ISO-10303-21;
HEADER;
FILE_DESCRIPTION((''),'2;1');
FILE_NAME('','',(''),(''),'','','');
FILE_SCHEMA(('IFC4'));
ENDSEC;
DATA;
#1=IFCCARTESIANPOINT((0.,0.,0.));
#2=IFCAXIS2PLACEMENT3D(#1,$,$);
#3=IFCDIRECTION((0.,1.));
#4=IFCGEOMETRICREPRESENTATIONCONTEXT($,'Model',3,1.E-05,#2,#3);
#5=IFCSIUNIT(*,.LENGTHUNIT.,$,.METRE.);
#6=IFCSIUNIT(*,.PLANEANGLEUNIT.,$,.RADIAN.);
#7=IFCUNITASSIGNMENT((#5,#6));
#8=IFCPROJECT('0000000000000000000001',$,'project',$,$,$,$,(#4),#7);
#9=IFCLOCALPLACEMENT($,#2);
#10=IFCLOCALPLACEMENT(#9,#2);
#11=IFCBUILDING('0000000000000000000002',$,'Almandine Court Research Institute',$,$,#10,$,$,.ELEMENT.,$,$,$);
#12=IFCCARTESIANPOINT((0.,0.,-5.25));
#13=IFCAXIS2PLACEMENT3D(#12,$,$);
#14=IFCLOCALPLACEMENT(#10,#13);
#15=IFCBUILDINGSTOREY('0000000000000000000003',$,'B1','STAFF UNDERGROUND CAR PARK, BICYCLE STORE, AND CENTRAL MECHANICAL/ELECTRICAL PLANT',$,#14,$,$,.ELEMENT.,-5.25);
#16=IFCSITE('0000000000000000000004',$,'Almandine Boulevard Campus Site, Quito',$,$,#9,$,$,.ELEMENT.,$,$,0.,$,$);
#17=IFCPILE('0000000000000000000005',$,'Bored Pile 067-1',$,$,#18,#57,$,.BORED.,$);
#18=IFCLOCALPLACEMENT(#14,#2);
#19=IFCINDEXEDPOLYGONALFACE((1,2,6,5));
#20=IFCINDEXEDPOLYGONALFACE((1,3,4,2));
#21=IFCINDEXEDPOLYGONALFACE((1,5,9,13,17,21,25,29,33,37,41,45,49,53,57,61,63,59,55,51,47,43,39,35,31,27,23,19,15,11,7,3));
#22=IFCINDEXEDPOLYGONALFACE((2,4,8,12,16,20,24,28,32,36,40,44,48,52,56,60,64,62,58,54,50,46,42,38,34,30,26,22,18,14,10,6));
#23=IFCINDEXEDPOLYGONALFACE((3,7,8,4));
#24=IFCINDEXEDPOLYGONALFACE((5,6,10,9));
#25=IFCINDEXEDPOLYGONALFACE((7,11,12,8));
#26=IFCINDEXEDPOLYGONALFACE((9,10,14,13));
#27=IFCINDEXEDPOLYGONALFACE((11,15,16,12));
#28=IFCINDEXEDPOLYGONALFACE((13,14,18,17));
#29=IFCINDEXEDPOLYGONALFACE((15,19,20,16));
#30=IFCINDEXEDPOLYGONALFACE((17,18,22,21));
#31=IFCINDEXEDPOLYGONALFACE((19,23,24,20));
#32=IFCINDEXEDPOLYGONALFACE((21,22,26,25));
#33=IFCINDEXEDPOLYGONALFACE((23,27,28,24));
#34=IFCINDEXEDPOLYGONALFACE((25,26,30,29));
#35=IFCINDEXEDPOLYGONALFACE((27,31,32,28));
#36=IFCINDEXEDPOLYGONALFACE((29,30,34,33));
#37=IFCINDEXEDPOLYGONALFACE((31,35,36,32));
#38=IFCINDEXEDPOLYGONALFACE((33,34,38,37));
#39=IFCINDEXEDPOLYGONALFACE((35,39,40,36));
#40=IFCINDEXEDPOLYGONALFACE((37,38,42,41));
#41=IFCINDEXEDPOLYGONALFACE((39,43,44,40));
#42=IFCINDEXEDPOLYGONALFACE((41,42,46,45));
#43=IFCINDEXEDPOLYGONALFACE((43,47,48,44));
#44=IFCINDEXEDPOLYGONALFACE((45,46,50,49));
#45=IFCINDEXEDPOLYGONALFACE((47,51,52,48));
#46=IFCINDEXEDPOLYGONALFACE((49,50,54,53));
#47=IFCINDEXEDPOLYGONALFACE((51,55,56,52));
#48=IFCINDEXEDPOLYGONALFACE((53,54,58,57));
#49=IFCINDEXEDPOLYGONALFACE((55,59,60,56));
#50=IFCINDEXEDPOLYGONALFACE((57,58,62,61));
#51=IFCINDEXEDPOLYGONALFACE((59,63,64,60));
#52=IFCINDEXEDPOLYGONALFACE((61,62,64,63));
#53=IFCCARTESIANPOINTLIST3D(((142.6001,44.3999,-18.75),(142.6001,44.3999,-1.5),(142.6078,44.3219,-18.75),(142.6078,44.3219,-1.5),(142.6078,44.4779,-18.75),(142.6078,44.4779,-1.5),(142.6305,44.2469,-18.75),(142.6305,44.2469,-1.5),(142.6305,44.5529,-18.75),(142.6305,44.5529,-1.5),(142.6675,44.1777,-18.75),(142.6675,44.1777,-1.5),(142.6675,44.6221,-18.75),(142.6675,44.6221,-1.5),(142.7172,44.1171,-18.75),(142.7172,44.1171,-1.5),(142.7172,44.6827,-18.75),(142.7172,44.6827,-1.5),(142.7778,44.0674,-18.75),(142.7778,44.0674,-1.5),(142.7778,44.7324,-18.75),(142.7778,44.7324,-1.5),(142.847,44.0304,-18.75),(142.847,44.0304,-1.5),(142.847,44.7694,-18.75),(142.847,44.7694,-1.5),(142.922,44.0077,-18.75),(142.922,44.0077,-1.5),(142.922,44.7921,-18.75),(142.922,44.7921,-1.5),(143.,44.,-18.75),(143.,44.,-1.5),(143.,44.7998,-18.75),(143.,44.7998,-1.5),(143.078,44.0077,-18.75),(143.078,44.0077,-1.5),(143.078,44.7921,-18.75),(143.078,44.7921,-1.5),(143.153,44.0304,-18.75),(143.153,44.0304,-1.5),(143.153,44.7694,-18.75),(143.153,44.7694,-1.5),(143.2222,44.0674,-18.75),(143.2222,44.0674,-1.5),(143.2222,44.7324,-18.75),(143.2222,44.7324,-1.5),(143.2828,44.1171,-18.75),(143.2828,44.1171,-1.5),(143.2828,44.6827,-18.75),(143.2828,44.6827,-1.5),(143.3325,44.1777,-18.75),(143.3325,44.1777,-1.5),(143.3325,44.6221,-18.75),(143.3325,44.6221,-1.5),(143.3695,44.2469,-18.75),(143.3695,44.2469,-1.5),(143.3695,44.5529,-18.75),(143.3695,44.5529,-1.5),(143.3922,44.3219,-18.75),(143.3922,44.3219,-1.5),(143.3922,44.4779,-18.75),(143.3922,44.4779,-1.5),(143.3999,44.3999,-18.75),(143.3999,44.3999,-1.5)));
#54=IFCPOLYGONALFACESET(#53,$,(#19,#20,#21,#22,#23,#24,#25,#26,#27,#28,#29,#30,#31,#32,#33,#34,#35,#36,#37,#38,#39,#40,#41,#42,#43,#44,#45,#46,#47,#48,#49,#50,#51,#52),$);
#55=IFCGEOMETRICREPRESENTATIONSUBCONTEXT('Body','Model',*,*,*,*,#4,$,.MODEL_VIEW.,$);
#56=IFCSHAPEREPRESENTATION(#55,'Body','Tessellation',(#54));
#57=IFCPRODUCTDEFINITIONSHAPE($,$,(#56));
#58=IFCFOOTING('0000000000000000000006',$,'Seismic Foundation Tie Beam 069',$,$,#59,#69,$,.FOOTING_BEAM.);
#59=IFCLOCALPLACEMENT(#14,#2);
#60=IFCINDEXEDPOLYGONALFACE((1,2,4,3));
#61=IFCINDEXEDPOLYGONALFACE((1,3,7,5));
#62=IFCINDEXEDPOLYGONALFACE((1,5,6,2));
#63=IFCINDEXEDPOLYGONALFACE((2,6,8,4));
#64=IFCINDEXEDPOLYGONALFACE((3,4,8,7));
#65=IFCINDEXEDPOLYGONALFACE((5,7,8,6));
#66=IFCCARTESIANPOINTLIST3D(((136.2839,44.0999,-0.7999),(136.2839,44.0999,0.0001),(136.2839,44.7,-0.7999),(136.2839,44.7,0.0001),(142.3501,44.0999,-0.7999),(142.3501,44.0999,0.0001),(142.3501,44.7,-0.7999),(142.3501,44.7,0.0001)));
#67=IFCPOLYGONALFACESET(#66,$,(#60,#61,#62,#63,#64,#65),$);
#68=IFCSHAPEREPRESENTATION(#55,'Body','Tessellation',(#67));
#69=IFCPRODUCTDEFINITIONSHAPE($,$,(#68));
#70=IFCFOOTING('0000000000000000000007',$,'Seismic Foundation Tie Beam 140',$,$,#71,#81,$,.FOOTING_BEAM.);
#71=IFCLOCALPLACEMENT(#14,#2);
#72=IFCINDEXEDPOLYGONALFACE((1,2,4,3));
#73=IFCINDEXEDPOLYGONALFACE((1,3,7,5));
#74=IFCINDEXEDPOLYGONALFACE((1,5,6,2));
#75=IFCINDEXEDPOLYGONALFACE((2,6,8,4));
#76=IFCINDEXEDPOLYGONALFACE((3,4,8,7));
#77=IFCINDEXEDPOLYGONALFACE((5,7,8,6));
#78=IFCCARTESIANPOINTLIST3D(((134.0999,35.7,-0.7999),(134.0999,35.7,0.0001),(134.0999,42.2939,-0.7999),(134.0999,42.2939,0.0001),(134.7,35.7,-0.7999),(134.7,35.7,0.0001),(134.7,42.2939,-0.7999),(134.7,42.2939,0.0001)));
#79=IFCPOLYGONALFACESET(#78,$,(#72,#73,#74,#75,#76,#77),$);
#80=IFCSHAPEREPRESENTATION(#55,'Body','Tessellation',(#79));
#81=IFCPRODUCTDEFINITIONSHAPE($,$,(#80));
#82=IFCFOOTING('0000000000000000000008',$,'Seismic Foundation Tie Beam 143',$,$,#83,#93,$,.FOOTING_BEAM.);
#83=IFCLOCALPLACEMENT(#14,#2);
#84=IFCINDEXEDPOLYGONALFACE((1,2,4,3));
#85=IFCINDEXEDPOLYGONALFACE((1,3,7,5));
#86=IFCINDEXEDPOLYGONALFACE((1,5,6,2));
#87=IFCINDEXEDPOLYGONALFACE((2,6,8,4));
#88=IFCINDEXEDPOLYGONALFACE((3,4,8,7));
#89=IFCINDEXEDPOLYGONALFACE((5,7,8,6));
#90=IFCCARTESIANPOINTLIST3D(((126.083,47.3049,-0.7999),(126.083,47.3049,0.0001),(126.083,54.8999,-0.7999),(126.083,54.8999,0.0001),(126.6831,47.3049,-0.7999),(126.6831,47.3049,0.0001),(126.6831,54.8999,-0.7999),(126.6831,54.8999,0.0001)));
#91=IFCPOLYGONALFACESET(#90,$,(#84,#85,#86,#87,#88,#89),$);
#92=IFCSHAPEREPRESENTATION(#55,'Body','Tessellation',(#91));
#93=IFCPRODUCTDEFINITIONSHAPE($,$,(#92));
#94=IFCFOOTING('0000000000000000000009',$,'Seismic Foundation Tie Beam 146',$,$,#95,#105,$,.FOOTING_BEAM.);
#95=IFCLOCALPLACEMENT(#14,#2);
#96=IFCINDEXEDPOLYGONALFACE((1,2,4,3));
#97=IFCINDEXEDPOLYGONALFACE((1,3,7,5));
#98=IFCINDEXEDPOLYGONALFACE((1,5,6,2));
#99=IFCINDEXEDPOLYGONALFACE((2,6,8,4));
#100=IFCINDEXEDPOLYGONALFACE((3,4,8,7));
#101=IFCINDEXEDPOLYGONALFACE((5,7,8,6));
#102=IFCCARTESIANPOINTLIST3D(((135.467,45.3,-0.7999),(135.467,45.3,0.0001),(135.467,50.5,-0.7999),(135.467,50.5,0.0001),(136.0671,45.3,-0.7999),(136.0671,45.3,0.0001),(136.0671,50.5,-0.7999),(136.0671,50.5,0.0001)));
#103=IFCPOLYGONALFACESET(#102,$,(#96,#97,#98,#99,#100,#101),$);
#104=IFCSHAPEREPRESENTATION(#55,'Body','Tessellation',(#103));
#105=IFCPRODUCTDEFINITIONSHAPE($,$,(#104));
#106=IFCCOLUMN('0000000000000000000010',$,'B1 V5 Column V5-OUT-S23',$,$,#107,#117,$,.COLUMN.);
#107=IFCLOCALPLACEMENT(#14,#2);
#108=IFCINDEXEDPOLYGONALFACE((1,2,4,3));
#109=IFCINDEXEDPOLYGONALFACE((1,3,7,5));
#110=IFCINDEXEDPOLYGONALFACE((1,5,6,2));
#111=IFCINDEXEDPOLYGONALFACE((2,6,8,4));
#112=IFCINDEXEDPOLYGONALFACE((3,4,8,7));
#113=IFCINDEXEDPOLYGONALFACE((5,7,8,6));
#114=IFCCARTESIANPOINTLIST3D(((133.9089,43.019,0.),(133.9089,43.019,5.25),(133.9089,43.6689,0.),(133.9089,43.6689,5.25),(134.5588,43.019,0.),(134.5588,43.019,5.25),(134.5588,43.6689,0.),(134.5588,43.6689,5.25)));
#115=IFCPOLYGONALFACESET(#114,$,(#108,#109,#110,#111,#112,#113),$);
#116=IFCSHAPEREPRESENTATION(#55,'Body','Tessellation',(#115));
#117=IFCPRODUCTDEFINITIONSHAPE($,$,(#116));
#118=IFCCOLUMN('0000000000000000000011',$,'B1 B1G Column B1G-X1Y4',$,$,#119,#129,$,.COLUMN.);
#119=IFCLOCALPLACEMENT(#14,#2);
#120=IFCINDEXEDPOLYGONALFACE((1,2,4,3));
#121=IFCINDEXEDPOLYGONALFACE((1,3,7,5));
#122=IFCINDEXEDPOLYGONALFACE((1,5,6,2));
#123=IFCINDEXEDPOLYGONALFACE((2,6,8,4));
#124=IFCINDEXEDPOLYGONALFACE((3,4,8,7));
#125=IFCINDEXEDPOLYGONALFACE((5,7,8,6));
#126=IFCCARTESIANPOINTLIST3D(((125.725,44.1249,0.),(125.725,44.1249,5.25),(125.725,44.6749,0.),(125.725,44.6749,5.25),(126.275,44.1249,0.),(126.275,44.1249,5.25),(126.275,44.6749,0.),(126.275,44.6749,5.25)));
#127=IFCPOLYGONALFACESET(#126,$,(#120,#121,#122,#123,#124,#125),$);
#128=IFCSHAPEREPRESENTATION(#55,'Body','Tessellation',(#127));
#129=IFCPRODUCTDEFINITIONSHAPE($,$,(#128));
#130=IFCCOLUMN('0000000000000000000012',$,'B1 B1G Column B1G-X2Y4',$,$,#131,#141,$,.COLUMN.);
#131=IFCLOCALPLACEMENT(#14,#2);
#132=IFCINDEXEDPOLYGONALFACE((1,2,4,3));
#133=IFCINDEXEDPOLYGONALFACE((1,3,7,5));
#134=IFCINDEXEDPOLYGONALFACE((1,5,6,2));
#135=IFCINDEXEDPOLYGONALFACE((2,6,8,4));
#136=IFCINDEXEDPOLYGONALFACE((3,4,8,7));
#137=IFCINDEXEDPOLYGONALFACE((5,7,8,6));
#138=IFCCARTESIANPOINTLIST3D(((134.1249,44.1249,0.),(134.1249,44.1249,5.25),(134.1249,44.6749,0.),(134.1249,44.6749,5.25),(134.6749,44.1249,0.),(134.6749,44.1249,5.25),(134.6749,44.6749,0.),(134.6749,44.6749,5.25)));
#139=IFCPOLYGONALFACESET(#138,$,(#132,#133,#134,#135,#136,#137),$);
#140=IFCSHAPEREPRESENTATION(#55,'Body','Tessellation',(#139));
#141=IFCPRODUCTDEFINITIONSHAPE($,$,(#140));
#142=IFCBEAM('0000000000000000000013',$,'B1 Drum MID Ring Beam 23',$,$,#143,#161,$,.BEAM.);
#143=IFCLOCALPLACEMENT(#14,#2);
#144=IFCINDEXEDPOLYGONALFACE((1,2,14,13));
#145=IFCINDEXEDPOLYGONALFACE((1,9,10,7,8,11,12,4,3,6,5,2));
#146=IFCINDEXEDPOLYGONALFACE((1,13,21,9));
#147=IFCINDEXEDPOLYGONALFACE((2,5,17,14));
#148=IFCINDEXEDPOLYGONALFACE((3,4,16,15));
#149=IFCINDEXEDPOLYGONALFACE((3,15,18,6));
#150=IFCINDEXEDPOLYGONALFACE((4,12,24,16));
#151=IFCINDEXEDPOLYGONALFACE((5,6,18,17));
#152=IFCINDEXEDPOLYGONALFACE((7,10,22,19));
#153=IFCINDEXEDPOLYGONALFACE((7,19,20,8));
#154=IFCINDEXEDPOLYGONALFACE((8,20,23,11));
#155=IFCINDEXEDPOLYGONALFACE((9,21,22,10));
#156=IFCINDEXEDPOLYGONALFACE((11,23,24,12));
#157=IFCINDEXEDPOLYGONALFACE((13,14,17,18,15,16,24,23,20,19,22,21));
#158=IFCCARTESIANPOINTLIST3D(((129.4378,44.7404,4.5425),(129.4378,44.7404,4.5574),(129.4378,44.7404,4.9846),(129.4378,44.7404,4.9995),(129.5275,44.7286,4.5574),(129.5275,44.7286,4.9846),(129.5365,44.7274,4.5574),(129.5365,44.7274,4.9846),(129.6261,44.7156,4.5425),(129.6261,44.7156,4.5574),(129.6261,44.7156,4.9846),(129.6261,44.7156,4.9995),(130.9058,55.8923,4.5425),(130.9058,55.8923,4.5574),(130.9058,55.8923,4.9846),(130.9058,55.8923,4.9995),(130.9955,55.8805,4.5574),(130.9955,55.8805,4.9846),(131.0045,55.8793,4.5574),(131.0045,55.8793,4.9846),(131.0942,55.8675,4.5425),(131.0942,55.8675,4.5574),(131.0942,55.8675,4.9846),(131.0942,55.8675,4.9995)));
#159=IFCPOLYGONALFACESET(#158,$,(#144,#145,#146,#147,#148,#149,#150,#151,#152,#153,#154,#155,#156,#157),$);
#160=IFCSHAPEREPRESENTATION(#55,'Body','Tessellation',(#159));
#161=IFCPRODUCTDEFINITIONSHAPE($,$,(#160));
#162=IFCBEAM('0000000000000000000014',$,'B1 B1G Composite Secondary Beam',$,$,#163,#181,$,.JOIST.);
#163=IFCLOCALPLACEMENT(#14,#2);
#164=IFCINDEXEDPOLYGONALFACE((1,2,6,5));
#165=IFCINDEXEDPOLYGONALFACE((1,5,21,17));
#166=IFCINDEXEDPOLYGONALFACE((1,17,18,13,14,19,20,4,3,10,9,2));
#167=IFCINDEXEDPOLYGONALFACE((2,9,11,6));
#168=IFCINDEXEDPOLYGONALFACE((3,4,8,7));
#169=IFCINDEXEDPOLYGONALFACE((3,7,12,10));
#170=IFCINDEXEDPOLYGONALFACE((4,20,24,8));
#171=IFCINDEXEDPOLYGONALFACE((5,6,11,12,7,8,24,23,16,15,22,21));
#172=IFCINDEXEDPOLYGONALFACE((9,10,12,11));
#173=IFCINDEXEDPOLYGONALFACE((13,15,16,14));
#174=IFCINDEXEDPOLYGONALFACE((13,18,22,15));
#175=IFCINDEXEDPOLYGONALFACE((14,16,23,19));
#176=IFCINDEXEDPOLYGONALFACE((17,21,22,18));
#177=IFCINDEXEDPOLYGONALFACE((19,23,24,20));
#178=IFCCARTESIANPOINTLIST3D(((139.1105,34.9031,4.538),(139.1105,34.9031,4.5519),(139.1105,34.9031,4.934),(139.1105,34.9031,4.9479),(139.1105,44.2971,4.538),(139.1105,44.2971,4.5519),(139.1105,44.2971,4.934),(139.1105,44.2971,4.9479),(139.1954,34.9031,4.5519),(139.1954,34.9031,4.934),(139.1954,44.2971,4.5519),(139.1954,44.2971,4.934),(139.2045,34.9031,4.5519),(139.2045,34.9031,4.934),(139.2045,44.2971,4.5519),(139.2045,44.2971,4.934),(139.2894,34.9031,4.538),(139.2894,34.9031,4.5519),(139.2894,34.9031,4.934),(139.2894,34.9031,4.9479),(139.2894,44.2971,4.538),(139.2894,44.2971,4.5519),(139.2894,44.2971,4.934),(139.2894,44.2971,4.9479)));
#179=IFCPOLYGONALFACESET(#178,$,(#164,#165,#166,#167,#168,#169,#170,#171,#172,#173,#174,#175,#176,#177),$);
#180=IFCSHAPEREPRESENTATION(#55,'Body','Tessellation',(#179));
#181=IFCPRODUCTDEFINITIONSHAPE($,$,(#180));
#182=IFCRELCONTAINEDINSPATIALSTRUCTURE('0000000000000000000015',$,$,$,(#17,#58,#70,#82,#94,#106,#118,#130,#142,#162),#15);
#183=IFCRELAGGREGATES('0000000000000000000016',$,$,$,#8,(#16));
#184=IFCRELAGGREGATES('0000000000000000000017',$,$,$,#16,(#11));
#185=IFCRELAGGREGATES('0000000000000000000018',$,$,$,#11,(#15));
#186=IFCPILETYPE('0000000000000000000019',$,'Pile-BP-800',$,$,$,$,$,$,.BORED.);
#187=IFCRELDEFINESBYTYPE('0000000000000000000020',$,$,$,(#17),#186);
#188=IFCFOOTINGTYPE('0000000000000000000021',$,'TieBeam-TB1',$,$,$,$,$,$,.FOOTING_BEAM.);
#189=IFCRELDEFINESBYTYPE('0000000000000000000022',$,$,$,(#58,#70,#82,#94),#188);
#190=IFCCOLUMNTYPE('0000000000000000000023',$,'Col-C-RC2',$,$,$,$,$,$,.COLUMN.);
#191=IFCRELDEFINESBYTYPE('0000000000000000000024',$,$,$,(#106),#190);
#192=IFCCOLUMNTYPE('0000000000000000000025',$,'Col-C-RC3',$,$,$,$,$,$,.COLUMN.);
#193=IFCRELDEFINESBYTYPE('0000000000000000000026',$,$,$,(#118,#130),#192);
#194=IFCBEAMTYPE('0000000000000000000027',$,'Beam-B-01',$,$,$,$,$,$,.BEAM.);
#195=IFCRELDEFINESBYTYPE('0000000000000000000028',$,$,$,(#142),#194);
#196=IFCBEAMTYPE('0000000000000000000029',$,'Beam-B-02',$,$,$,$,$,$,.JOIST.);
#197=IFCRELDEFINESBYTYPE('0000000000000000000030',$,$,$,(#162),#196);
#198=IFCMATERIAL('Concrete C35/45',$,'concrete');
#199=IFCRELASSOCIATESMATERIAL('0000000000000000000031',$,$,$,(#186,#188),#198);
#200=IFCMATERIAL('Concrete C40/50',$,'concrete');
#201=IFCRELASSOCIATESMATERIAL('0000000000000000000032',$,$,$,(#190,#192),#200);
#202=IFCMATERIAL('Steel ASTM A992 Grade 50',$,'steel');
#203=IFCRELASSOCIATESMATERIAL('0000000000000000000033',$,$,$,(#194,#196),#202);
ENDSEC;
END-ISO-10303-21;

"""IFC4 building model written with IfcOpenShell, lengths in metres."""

from ifc_helpers import new_model, si_unit, direction, frame, origin, origin_2d, place, context, subcontext, project, spatial, rectangle, circle, i_section, extrude, material, material_profile, profile_set, type_object, element, save


model = new_model("IFC4")

# Units and contexts
model_context = context("Model", 3, precision=1e-05, world=origin(), true_north=direction((0.0, 1.0)))
body_context = subcontext(model_context, "Body", "Model", "MODEL_VIEW")
ifc_project = project(units=[si_unit("LENGTHUNIT", "METRE"), si_unit("PLANEANGLEUNIT", "RADIAN")], contexts=[model_context])

# Site, building, storey
site_placement = place(None, origin())
site = spatial("IfcSite", under=ifc_project, at=site_placement, Name="Almandine Boulevard Campus Site, Quito", CompositionType="ELEMENT", RefElevation=0.0)
building_placement = place(site_placement, origin())
building = spatial("IfcBuilding", under=site, at=building_placement, Name="Almandine Court Research Institute", CompositionType="ELEMENT")
storey_placement = place(building_placement, frame((0.0, 0.0, -5.25)))
storey = spatial("IfcBuildingStorey", under=building, at=storey_placement, Name="B1", Description="STAFF UNDERGROUND CAR PARK, BICYCLE STORE, AND CENTRAL MECHANICAL/ELECTRICAL PLANT", CompositionType="ELEMENT", Elevation=-5.25)

# Shared definitions
ifc_material_1 = material(Name="Concrete C35/45", Category="concrete")

# Pile
ifc_material_profile_1 = material_profile(ifc_material_1, circle(Radius=0.3999, at=origin_2d()), Name="BORED PILE D800")
ifc_profile_set_1 = profile_set([ifc_material_profile_1], Name="Concrete C35/45")
pile_type_1 = type_object("IfcPileType", Name="Pile-BP-800", PredefinedType="BORED", material=ifc_profile_set_1)
for number, where, z_axis, x_axis, name in (
    (1, (143.0, 44.3999, -1.5), (0.0, 0.0, -1.0), (1.0, 0.0, 0.0), "Bored Pile 067-1"),
):
    element("IfcPile", number, at=place(storey_placement, frame(where, z_axis=z_axis, x_axis=x_axis)), inside=storey, type_object=pile_type_1, Name=name, PredefinedType="BORED", context=body_context, shape_type="SweptSolid", body=[
        extrude(circle(Radius=0.3999, at=origin_2d()), origin(), (0.0, 0.0, 1.0), 17.25),
    ])

# Footings
ifc_material_profile_2 = material_profile(ifc_material_1, rectangle(XDim=0.6001, YDim=0.8, at=origin_2d()), Name="RC TIE 600x800")
ifc_profile_set_2 = profile_set([ifc_material_profile_2], Name="Concrete C35/45")
footing_type_1 = type_object("IfcFootingType", Name="TieBeam-TB1", PredefinedType="FOOTING_BEAM", material=ifc_profile_set_2)
footing_1_placement = place(storey_placement, frame((136.2839, 44.3999, -0.3999), z_axis=(1.0, 0.0, 0.0), x_axis=(0.0, 1.0, 0.0)))
element("IfcFooting", 2, at=footing_1_placement, inside=storey, type_object=footing_type_1, Name="Seismic Foundation Tie Beam 069", PredefinedType="FOOTING_BEAM", context=body_context, shape_type="SweptSolid", body=[
    extrude(rectangle(XDim=0.6001, YDim=0.8, at=origin_2d()), origin(), (0.0, 0.0, 1.0), 6.0662),
])
footing_2_placement = place(storey_placement, frame((134.3999, 35.7, -0.3999), z_axis=(0.0, 1.0, 0.0), x_axis=(-1.0, 0.0, 0.0)))
element("IfcFooting", 3, at=footing_2_placement, inside=storey, type_object=footing_type_1, Name="Seismic Foundation Tie Beam 140", PredefinedType="FOOTING_BEAM", context=body_context, shape_type="SweptSolid", body=[
    extrude(rectangle(XDim=0.6001, YDim=0.8, at=origin_2d()), origin(), (0.0, 0.0, 1.0), 6.594),
])
footing_3_placement = place(storey_placement, frame((126.3831, 47.3049, -0.3999), z_axis=(0.0, 1.0, 0.0), x_axis=(-1.0, 0.0, 0.0)))
element("IfcFooting", 4, at=footing_3_placement, inside=storey, type_object=footing_type_1, Name="Seismic Foundation Tie Beam 143", PredefinedType="FOOTING_BEAM", context=body_context, shape_type="SweptSolid", body=[
    extrude(rectangle(XDim=0.6001, YDim=0.8, at=origin_2d()), origin(), (0.0, 0.0, 1.0), 7.595),
])
footing_4_placement = place(storey_placement, frame((135.7671, 45.3, -0.3999), z_axis=(0.0, 1.0, 0.0), x_axis=(-1.0, 0.0, 0.0)))
element("IfcFooting", 5, at=footing_4_placement, inside=storey, type_object=footing_type_1, Name="Seismic Foundation Tie Beam 146", PredefinedType="FOOTING_BEAM", context=body_context, shape_type="SweptSolid", body=[
    extrude(rectangle(XDim=0.6001, YDim=0.8, at=origin_2d()), origin(), (0.0, 0.0, 1.0), 5.2),
])

# Columns
ifc_material_2 = material(Name="Concrete C40/50", Category="concrete")
ifc_material_profile_3 = material_profile(ifc_material_2, rectangle(XDim=0.6499, YDim=0.6499, at=origin_2d()), Name="RC 650x650")
ifc_profile_set_3 = profile_set([ifc_material_profile_3], Name="Concrete C40/50")
column_type_1 = type_object("IfcColumnType", Name="Col-C-RC2", PredefinedType="COLUMN", material=ifc_profile_set_3)
column_placement = place(storey_placement, frame((134.2339, 43.344, 0.0), z_axis=(0.0, 0.0, 1.0), x_axis=(1.0, 0.0, 0.0)))
element("IfcColumn", 6, at=column_placement, inside=storey, type_object=column_type_1, Name="B1 V5 Column V5-OUT-S23", PredefinedType="COLUMN", context=body_context, shape_type="SweptSolid", body=[
    extrude(rectangle(XDim=0.6499, YDim=0.6499, at=origin_2d()), origin(), (0.0, 0.0, 1.0), 5.25),
])
ifc_material_profile_4 = material_profile(ifc_material_2, rectangle(XDim=0.55, YDim=0.55, at=origin_2d()), Name="RC 550x550")
ifc_profile_set_4 = profile_set([ifc_material_profile_4], Name="Concrete C40/50")
column_type_2 = type_object("IfcColumnType", Name="Col-C-RC3", PredefinedType="COLUMN", material=ifc_profile_set_4)
for number, where, z_axis, x_axis, name in (
    (7, (126.0, 44.3999, 0.0), (0.0, 0.0, 1.0), (1.0, 0.0, 0.0), "B1 B1G Column B1G-X1Y4"),
    (8, (134.3999, 44.3999, 0.0), (0.0, 0.0, 1.0), (1.0, 0.0, 0.0), "B1 B1G Column B1G-X2Y4"),
):
    element("IfcColumn", number, at=place(storey_placement, frame(where, z_axis=z_axis, x_axis=x_axis)), inside=storey, type_object=column_type_2, Name=name, PredefinedType="COLUMN", context=body_context, shape_type="SweptSolid", body=[
        extrude(rectangle(XDim=0.55, YDim=0.55, at=origin_2d()), origin(), (0.0, 0.0, 1.0), 5.25),
    ])

# Beams
ifc_material_3 = material(Name="Steel ASTM A992 Grade 50", Category="steel")
ifc_material_profile_5 = material_profile(ifc_material_3, i_section(OverallWidth=0.1899, OverallDepth=0.457, WebThickness=0.009, FlangeThickness=0.0149, at=origin_2d()), Name="W460x74")
ifc_profile_set_5 = profile_set([ifc_material_profile_5], Name="Steel ASTM A992 Grade 50")
beam_type_1 = type_object("IfcBeamType", Name="Beam-B-01", PredefinedType="BEAM", material=ifc_profile_set_5)
beam_1_placement = place(storey_placement, frame((129.532, 44.728, 4.771), z_axis=(0.130513, 0.991447, 0.0), x_axis=(-0.991447, 0.130513, 0.0)))
element("IfcBeam", 9, at=beam_1_placement, inside=storey, type_object=beam_type_1, Name="B1 Drum MID Ring Beam 23", PredefinedType="BEAM", context=body_context, shape_type="SweptSolid", body=[
    extrude(i_section(OverallWidth=0.1899, OverallDepth=0.457, WebThickness=0.009, FlangeThickness=0.0149, at=origin_2d()), origin(), (0.0, 0.0, 1.0), 11.248),
])
ifc_material_profile_6 = material_profile(ifc_material_3, i_section(OverallWidth=0.179, OverallDepth=0.4099, WebThickness=0.009, FlangeThickness=0.0139, at=origin_2d()), Name="W410x67")
ifc_profile_set_6 = profile_set([ifc_material_profile_6], Name="Steel ASTM A992 Grade 50")
beam_type_2 = type_object("IfcBeamType", Name="Beam-B-02", PredefinedType="JOIST", material=ifc_profile_set_6)
beam_2_placement = place(storey_placement, frame((139.2, 34.9031, 4.7429), z_axis=(0.0, 1.0, 0.0), x_axis=(-1.0, 0.0, 0.0)))
element("IfcBeam", 10, at=beam_2_placement, inside=storey, type_object=beam_type_2, Name="B1 B1G Composite Secondary Beam", PredefinedType="JOIST", context=body_context, shape_type="SweptSolid", body=[
    extrude(i_section(OverallWidth=0.179, OverallDepth=0.4099, WebThickness=0.009, FlangeThickness=0.0139, at=origin_2d()), origin(), (0.0, 0.0, 1.0), 9.394),
])

save(model, "model.ifc")
